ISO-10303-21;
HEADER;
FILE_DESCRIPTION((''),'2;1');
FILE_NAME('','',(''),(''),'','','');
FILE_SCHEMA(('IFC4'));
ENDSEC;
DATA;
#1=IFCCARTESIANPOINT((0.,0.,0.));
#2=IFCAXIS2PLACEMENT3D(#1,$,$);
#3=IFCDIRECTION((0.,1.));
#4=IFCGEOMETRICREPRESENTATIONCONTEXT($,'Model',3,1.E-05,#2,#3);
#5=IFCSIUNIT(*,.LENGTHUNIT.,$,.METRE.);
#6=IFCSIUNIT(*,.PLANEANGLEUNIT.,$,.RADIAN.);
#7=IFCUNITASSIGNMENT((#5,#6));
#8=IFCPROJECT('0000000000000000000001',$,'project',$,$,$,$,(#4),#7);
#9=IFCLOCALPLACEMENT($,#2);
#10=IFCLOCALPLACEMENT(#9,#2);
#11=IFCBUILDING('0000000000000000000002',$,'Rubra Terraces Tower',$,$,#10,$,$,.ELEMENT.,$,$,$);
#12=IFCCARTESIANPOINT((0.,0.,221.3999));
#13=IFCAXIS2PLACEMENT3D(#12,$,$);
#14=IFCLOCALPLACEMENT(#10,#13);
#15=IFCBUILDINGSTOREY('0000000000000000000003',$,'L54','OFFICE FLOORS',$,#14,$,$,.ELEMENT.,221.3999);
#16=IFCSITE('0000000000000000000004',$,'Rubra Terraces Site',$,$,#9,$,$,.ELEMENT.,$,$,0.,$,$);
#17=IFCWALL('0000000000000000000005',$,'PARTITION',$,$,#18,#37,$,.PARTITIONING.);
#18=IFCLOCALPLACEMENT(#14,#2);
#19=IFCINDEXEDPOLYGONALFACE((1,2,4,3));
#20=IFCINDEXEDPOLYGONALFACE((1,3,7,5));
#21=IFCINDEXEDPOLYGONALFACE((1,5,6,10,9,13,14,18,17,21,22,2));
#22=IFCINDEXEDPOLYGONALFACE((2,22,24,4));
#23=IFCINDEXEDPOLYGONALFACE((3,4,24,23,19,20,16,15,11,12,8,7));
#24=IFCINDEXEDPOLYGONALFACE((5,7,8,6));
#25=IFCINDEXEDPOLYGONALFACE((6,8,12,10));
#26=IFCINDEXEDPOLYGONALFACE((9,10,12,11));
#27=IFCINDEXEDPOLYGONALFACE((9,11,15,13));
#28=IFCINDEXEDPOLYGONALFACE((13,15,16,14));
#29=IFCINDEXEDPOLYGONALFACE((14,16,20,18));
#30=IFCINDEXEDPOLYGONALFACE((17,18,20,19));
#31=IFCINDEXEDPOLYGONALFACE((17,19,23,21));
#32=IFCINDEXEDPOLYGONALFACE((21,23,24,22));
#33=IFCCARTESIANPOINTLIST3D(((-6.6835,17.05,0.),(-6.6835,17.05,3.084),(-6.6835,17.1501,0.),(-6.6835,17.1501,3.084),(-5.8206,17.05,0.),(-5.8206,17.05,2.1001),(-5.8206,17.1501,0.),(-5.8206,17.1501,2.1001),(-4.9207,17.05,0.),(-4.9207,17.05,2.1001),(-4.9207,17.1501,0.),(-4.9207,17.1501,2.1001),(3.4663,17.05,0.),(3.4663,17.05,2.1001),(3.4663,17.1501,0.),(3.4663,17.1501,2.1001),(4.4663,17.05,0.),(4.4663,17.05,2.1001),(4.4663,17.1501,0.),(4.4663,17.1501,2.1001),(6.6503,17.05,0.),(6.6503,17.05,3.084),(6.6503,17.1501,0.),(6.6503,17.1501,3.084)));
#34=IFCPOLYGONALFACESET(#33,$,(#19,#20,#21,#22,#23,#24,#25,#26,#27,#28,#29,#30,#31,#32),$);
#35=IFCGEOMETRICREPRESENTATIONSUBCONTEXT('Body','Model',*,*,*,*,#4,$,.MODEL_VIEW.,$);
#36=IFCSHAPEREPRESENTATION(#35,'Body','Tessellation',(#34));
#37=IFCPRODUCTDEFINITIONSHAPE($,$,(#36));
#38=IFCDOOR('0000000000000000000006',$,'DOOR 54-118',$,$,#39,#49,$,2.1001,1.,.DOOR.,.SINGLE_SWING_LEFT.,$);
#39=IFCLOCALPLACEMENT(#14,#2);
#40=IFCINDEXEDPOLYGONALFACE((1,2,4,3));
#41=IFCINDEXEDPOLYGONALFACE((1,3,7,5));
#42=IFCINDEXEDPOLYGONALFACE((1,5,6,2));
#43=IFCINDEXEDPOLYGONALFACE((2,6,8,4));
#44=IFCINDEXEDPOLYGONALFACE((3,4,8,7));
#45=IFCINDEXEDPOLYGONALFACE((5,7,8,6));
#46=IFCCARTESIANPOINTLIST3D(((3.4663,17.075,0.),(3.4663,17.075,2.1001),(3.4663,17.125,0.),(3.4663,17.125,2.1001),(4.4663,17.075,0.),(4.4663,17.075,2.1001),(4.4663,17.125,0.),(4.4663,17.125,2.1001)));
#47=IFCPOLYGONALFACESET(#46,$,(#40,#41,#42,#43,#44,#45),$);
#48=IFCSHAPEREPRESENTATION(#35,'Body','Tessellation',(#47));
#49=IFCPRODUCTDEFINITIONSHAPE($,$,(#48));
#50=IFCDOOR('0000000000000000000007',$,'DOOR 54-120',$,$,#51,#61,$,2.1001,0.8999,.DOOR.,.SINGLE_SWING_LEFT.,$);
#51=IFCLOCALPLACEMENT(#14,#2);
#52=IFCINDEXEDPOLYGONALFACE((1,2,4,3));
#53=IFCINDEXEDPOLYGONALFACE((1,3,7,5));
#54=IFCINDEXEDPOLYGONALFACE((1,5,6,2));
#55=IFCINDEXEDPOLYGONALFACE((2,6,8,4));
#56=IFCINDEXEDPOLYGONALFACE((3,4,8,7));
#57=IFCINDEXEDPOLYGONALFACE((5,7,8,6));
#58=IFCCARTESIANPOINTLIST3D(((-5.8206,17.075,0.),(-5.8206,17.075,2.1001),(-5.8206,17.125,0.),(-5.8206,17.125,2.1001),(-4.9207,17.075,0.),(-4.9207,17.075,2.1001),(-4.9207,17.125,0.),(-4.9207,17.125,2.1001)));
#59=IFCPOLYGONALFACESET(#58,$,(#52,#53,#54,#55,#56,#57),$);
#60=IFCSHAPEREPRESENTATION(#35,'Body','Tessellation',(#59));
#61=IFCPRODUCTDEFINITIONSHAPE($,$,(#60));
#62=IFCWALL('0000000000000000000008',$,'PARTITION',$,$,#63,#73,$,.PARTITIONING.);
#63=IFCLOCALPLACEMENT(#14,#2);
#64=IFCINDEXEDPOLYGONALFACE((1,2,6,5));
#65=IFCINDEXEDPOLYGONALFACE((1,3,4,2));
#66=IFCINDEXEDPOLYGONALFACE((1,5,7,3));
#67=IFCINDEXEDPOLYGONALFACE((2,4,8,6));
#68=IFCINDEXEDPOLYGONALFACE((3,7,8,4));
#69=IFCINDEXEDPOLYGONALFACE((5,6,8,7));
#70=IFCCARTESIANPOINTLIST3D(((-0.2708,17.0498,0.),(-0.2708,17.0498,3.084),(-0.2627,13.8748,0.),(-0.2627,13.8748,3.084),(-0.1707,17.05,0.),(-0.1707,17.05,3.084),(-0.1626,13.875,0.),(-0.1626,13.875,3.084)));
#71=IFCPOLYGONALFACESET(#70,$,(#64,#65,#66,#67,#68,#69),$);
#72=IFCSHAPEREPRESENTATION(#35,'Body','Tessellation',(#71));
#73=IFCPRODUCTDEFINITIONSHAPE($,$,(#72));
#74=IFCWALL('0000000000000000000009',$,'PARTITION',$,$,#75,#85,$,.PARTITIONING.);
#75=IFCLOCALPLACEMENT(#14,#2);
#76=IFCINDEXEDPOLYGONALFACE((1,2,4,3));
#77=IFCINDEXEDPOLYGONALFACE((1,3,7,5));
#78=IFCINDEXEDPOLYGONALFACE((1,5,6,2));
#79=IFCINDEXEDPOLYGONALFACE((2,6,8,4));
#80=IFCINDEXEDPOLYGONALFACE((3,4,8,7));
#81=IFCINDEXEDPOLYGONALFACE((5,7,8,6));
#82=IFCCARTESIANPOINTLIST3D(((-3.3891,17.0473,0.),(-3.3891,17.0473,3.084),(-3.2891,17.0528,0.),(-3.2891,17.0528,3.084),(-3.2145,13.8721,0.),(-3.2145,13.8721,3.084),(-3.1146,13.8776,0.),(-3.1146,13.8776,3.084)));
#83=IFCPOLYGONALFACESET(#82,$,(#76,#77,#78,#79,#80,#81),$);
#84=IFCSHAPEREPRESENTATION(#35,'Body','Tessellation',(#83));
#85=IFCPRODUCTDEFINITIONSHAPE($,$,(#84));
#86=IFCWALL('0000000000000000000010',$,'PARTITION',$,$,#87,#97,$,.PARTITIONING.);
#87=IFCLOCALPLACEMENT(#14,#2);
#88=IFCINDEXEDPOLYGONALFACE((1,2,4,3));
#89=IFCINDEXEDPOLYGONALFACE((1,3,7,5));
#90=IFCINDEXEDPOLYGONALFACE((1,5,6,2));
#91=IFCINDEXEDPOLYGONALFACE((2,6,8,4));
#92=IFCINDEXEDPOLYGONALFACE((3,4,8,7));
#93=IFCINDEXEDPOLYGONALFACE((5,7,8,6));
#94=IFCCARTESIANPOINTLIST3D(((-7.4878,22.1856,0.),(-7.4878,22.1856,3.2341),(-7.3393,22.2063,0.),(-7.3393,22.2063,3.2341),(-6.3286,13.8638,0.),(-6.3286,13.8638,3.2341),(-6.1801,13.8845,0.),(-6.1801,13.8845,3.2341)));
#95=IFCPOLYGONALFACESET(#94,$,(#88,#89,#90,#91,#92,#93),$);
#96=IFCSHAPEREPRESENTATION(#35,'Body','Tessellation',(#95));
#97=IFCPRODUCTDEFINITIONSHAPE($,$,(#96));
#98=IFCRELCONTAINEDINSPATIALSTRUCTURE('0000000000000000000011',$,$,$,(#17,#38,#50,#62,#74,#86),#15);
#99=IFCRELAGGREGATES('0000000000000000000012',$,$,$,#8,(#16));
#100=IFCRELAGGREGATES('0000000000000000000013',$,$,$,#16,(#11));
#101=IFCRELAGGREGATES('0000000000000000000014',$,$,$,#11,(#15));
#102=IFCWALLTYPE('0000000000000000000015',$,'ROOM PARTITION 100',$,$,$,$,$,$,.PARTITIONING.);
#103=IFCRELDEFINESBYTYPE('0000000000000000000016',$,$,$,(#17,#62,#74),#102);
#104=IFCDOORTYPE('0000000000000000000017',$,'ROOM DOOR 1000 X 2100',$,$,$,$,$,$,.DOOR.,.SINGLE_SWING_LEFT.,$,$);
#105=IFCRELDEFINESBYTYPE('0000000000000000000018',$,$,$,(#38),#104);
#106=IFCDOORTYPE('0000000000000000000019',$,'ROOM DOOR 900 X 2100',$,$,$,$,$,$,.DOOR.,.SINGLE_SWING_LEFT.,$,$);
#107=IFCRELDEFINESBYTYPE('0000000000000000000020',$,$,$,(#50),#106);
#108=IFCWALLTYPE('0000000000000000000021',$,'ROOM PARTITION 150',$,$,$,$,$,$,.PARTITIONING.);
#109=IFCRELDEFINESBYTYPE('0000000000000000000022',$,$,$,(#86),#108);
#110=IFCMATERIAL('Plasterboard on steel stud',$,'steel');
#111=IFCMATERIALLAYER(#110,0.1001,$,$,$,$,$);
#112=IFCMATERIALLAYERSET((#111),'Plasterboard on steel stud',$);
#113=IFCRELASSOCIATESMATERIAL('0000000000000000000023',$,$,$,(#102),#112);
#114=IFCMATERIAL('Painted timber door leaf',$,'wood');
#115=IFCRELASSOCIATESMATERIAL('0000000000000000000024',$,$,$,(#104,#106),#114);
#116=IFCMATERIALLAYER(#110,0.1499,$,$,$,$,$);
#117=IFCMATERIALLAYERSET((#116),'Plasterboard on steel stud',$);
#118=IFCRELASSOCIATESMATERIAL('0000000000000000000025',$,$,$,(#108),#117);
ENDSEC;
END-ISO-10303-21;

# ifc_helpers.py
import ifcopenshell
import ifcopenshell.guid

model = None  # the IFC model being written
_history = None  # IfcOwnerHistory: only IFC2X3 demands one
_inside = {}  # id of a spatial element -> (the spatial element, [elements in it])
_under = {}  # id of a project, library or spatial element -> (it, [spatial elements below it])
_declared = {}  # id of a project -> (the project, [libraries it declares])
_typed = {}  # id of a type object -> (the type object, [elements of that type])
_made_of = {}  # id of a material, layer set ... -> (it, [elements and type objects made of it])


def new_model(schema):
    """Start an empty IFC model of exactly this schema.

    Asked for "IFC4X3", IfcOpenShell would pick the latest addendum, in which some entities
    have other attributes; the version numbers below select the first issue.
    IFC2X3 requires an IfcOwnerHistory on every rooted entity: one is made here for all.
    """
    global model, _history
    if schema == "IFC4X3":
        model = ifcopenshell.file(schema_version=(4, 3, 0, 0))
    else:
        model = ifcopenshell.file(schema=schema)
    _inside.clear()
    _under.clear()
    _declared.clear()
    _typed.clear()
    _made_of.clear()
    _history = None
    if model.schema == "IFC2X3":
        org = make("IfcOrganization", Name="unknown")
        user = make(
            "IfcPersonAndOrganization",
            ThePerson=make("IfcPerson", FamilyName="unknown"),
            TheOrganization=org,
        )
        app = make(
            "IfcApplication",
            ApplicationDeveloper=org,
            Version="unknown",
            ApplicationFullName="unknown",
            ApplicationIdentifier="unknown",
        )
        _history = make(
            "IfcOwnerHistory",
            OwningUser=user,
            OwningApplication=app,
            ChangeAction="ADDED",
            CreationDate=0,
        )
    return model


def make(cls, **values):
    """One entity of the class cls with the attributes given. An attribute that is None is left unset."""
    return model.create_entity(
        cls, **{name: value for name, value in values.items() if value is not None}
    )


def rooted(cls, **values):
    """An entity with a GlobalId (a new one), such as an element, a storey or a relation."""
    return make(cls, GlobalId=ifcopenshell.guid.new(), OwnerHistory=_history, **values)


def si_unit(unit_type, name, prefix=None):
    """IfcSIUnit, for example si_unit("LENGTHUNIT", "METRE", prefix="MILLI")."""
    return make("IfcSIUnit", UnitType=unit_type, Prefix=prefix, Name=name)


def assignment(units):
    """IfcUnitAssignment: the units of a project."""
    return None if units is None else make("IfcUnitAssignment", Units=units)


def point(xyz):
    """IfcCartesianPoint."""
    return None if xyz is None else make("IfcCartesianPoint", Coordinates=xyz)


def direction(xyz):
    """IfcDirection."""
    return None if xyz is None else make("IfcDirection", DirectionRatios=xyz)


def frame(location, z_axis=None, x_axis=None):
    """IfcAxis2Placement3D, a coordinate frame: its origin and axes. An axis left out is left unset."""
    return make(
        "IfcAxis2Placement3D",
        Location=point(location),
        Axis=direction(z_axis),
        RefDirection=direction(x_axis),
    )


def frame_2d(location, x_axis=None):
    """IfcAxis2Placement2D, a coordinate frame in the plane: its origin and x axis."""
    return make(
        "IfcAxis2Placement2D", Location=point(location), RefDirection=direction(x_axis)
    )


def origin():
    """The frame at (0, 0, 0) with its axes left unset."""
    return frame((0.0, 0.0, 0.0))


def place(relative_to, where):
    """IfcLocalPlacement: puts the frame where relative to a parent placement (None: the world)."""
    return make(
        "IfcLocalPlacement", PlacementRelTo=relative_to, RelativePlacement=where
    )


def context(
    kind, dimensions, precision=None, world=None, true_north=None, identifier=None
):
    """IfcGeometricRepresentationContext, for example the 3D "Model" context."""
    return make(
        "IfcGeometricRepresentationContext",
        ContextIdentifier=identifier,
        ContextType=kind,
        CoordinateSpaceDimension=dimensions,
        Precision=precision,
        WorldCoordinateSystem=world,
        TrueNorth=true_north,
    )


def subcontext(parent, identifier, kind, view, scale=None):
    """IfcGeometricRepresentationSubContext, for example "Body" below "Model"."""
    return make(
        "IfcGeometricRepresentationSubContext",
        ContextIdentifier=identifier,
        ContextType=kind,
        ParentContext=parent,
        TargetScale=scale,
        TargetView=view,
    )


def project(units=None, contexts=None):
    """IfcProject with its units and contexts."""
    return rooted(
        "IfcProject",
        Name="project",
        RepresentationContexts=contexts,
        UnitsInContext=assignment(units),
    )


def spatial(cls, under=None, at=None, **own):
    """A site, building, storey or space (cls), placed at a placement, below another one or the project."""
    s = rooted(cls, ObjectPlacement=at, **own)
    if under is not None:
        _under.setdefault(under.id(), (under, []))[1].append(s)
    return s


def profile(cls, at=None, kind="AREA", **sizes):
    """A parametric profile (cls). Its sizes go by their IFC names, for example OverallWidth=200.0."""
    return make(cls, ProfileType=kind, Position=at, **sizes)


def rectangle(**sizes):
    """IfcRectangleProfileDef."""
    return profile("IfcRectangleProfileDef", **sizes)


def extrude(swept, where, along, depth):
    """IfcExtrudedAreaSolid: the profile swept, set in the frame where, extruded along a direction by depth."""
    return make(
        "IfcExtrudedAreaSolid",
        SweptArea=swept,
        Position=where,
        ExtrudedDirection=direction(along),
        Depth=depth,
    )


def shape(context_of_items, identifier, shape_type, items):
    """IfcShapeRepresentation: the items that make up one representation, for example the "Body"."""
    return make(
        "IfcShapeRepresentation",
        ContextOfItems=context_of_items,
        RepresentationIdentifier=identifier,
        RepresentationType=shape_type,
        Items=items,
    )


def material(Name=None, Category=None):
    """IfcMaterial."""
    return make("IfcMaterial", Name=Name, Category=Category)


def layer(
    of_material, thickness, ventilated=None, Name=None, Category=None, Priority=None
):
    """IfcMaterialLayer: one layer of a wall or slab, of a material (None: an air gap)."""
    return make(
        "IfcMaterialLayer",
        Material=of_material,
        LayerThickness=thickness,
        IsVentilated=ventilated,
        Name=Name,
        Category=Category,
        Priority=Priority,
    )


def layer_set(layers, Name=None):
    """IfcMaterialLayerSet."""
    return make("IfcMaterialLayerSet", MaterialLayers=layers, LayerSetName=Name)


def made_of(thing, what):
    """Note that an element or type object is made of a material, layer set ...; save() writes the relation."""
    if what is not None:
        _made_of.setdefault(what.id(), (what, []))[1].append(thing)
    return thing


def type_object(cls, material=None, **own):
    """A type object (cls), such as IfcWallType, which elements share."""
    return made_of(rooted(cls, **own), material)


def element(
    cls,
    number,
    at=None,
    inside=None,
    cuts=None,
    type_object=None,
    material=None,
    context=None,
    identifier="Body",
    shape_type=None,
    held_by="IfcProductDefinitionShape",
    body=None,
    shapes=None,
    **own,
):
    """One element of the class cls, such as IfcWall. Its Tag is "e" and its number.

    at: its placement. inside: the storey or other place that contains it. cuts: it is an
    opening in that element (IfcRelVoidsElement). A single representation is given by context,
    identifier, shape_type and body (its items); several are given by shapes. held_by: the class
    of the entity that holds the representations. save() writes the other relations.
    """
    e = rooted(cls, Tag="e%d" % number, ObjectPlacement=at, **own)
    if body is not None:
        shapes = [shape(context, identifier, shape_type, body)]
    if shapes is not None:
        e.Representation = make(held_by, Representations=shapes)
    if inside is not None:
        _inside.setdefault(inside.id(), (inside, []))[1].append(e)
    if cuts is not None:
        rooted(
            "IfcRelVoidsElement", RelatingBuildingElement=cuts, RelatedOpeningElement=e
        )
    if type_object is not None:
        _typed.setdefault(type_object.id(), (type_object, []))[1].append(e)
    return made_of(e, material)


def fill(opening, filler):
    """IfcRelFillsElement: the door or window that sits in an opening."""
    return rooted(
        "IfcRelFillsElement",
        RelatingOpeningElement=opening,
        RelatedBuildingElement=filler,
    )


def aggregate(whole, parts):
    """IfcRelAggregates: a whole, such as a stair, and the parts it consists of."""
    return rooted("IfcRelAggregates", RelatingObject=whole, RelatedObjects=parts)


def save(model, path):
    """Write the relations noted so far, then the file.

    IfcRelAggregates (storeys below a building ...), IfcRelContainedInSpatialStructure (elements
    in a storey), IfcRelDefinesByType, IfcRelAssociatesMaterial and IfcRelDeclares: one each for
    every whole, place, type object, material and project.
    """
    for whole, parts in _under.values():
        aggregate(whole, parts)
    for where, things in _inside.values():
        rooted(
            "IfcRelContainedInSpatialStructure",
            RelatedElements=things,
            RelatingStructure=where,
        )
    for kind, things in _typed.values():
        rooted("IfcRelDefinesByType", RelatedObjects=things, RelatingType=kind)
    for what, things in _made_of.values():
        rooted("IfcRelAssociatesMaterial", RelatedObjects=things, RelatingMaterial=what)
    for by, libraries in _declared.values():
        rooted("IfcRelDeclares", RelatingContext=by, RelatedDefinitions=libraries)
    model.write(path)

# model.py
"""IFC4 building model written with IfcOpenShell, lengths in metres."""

from ifc_helpers import new_model, si_unit, direction, frame, frame_2d, origin, place, context, subcontext, project, spatial, rectangle, extrude, material, layer, layer_set, type_object, element, fill, save


model = new_model("IFC4")

# Units and contexts
model_context = context("Model", 3, precision=1e-05, world=origin(), true_north=direction((0.0, 1.0)))
body_context = subcontext(model_context, "Body", "Model", "MODEL_VIEW")
ifc_project = project(units=[si_unit("LENGTHUNIT", "METRE"), si_unit("PLANEANGLEUNIT", "RADIAN")], contexts=[model_context])

# Site, building, storey
site_placement = place(None, origin())
site = spatial("IfcSite", under=ifc_project, at=site_placement, Name="Rubra Terraces Site", CompositionType="ELEMENT", RefElevation=0.0)
building_placement = place(site_placement, origin())
building = spatial("IfcBuilding", under=site, at=building_placement, Name="Rubra Terraces Tower", CompositionType="ELEMENT")
storey_placement = place(building_placement, frame((0.0, 0.0, 221.3999)))
storey = spatial("IfcBuildingStorey", under=building, at=storey_placement, Name="L54", Description="OFFICE FLOORS", CompositionType="ELEMENT", Elevation=221.3999)

# Wall, openings, doors
ifc_material_1 = material(Name="Plasterboard on steel stud", Category="steel")
ifc_layer_1 = layer(ifc_material_1, 0.1001)
ifc_layer_set_1 = layer_set([ifc_layer_1], Name="Plasterboard on steel stud")
wall_type_1 = type_object("IfcWallType", Name="ROOM PARTITION 100", PredefinedType="PARTITIONING", material=ifc_layer_set_1)
wall_1_placement = place(storey_placement, frame((-6.6836, 17.1001, 0.0), z_axis=(0.0, 0.0, 1.0), x_axis=(1.0, 0.0, 0.0)))
wall_1 = element("IfcWall", 1, at=wall_1_placement, inside=storey, type_object=wall_type_1, Name="PARTITION", PredefinedType="PARTITIONING", context=body_context, shape_type="SweptSolid", body=[
    extrude(rectangle(XDim=13.3337, YDim=0.1001, at=frame_2d((6.667, 0.0))), origin(), (0.0, 0.0, 1.0), 3.084),
])
opening_1_placement = place(wall_1_placement, frame((10.1499, 0.0, 0.0)))
opening_1 = element("IfcOpeningElement", 2, at=opening_1_placement, cuts=wall_1, PredefinedType="OPENING", context=body_context, shape_type="SweptSolid", body=[
    extrude(rectangle(XDim=1.0, YDim=2.1001, at=frame_2d((0.5, 1.05))), frame((0.0, 0.0601, 0.0), z_axis=(0.0, -1.0, 0.0), x_axis=(1.0, 0.0, 0.0)), (0.0, 0.0, 1.0), 0.1201),
])
opening_2_placement = place(wall_1_placement, frame((0.863, 0.0, 0.0)))
opening_2 = element("IfcOpeningElement", 3, at=opening_2_placement, cuts=wall_1, PredefinedType="OPENING", context=body_context, shape_type="SweptSolid", body=[
    extrude(rectangle(XDim=0.8999, YDim=2.1001, at=frame_2d((0.45, 1.05))), frame((0.0, 0.0601, 0.0), z_axis=(0.0, -1.0, 0.0), x_axis=(1.0, 0.0, 0.0)), (0.0, 0.0, 1.0), 0.1201),
])
ifc_material_2 = material(Name="Painted timber door leaf", Category="wood")
door_type_1 = type_object("IfcDoorType", Name="ROOM DOOR 1000 X 2100", OperationType="SINGLE_SWING_LEFT", PredefinedType="DOOR", material=ifc_material_2)
door_1_placement = place(opening_1_placement, origin())
door_1 = element("IfcDoor", 4, at=door_1_placement, inside=storey, type_object=door_type_1, Name="DOOR 54-118", OperationType="SINGLE_SWING_LEFT", OverallHeight=2.1001, OverallWidth=1.0, PredefinedType="DOOR", context=body_context, shape_type="SweptSolid", body=[
    extrude(rectangle(XDim=1.0, YDim=2.1001, at=frame_2d((0.5, 1.05))), frame((0.0, 0.0249, 0.0), z_axis=(0.0, -1.0, 0.0), x_axis=(1.0, 0.0, 0.0)), (0.0, 0.0, 1.0), 0.05),
])
fill(opening_1, door_1)
door_type_2 = type_object("IfcDoorType", Name="ROOM DOOR 900 X 2100", OperationType="SINGLE_SWING_LEFT", PredefinedType="DOOR", material=ifc_material_2)
door_2_placement = place(opening_2_placement, origin())
door_2 = element("IfcDoor", 5, at=door_2_placement, inside=storey, type_object=door_type_2, Name="DOOR 54-120", OperationType="SINGLE_SWING_LEFT", OverallHeight=2.1001, OverallWidth=0.8999, PredefinedType="DOOR", context=body_context, shape_type="SweptSolid", body=[
    extrude(rectangle(XDim=0.8999, YDim=2.1001, at=frame_2d((0.45, 1.05))), frame((0.0, 0.0249, 0.0), z_axis=(0.0, -1.0, 0.0), x_axis=(1.0, 0.0, 0.0)), (0.0, 0.0, 1.0), 0.05),
])
fill(opening_2, door_2)

# Walls
wall_2_placement = place(storey_placement, frame((-0.2126, 13.875, 0.0), z_axis=(0.0, 0.0, 1.0), x_axis=(-0.002537, 0.999997, 0.0)))
element("IfcWall", 6, at=wall_2_placement, inside=storey, type_object=wall_type_1, Name="PARTITION", PredefinedType="PARTITIONING", context=body_context, shape_type="SweptSolid", body=[
    extrude(rectangle(XDim=3.175, YDim=0.1001, at=frame_2d((1.5874, 0.0))), origin(), (0.0, 0.0, 1.0), 3.084),
])
wall_3_placement = place(storey_placement, frame((-3.1646, 13.875, 0.0), z_axis=(0.0, 0.0, 1.0), x_axis=(-0.054896, 0.998492, 0.0)))
element("IfcWall", 7, at=wall_3_placement, inside=storey, type_object=wall_type_1, Name="PARTITION", PredefinedType="PARTITIONING", context=body_context, shape_type="SweptSolid", body=[
    extrude(rectangle(XDim=3.1799, YDim=0.1001, at=frame_2d((1.5898, 0.0))), origin(), (0.0, 0.0, 1.0), 3.084),
])
ifc_layer_2 = layer(ifc_material_1, 0.1499)
ifc_layer_set_2 = layer_set([ifc_layer_2], Name="Plasterboard on steel stud")
wall_type_2 = type_object("IfcWallType", Name="ROOM PARTITION 150", PredefinedType="PARTITIONING", material=ifc_layer_set_2)
wall_4_placement = place(storey_placement, frame((-7.4136, 22.196, 0.0), z_axis=(0.0, 0.0, 1.0), x_axis=(0.137963, -0.990437, 0.0)))
element("IfcWall", 8, at=wall_4_placement, inside=storey, type_object=wall_type_2, Name="PARTITION", PredefinedType="PARTITIONING", context=body_context, shape_type="SweptSolid", body=[
    extrude(rectangle(XDim=8.4021, YDim=0.1499, at=frame_2d((4.2012, 0.0))), origin(), (0.0, 0.0, 1.0), 3.2341),
])

save(model, "model.ifc")
